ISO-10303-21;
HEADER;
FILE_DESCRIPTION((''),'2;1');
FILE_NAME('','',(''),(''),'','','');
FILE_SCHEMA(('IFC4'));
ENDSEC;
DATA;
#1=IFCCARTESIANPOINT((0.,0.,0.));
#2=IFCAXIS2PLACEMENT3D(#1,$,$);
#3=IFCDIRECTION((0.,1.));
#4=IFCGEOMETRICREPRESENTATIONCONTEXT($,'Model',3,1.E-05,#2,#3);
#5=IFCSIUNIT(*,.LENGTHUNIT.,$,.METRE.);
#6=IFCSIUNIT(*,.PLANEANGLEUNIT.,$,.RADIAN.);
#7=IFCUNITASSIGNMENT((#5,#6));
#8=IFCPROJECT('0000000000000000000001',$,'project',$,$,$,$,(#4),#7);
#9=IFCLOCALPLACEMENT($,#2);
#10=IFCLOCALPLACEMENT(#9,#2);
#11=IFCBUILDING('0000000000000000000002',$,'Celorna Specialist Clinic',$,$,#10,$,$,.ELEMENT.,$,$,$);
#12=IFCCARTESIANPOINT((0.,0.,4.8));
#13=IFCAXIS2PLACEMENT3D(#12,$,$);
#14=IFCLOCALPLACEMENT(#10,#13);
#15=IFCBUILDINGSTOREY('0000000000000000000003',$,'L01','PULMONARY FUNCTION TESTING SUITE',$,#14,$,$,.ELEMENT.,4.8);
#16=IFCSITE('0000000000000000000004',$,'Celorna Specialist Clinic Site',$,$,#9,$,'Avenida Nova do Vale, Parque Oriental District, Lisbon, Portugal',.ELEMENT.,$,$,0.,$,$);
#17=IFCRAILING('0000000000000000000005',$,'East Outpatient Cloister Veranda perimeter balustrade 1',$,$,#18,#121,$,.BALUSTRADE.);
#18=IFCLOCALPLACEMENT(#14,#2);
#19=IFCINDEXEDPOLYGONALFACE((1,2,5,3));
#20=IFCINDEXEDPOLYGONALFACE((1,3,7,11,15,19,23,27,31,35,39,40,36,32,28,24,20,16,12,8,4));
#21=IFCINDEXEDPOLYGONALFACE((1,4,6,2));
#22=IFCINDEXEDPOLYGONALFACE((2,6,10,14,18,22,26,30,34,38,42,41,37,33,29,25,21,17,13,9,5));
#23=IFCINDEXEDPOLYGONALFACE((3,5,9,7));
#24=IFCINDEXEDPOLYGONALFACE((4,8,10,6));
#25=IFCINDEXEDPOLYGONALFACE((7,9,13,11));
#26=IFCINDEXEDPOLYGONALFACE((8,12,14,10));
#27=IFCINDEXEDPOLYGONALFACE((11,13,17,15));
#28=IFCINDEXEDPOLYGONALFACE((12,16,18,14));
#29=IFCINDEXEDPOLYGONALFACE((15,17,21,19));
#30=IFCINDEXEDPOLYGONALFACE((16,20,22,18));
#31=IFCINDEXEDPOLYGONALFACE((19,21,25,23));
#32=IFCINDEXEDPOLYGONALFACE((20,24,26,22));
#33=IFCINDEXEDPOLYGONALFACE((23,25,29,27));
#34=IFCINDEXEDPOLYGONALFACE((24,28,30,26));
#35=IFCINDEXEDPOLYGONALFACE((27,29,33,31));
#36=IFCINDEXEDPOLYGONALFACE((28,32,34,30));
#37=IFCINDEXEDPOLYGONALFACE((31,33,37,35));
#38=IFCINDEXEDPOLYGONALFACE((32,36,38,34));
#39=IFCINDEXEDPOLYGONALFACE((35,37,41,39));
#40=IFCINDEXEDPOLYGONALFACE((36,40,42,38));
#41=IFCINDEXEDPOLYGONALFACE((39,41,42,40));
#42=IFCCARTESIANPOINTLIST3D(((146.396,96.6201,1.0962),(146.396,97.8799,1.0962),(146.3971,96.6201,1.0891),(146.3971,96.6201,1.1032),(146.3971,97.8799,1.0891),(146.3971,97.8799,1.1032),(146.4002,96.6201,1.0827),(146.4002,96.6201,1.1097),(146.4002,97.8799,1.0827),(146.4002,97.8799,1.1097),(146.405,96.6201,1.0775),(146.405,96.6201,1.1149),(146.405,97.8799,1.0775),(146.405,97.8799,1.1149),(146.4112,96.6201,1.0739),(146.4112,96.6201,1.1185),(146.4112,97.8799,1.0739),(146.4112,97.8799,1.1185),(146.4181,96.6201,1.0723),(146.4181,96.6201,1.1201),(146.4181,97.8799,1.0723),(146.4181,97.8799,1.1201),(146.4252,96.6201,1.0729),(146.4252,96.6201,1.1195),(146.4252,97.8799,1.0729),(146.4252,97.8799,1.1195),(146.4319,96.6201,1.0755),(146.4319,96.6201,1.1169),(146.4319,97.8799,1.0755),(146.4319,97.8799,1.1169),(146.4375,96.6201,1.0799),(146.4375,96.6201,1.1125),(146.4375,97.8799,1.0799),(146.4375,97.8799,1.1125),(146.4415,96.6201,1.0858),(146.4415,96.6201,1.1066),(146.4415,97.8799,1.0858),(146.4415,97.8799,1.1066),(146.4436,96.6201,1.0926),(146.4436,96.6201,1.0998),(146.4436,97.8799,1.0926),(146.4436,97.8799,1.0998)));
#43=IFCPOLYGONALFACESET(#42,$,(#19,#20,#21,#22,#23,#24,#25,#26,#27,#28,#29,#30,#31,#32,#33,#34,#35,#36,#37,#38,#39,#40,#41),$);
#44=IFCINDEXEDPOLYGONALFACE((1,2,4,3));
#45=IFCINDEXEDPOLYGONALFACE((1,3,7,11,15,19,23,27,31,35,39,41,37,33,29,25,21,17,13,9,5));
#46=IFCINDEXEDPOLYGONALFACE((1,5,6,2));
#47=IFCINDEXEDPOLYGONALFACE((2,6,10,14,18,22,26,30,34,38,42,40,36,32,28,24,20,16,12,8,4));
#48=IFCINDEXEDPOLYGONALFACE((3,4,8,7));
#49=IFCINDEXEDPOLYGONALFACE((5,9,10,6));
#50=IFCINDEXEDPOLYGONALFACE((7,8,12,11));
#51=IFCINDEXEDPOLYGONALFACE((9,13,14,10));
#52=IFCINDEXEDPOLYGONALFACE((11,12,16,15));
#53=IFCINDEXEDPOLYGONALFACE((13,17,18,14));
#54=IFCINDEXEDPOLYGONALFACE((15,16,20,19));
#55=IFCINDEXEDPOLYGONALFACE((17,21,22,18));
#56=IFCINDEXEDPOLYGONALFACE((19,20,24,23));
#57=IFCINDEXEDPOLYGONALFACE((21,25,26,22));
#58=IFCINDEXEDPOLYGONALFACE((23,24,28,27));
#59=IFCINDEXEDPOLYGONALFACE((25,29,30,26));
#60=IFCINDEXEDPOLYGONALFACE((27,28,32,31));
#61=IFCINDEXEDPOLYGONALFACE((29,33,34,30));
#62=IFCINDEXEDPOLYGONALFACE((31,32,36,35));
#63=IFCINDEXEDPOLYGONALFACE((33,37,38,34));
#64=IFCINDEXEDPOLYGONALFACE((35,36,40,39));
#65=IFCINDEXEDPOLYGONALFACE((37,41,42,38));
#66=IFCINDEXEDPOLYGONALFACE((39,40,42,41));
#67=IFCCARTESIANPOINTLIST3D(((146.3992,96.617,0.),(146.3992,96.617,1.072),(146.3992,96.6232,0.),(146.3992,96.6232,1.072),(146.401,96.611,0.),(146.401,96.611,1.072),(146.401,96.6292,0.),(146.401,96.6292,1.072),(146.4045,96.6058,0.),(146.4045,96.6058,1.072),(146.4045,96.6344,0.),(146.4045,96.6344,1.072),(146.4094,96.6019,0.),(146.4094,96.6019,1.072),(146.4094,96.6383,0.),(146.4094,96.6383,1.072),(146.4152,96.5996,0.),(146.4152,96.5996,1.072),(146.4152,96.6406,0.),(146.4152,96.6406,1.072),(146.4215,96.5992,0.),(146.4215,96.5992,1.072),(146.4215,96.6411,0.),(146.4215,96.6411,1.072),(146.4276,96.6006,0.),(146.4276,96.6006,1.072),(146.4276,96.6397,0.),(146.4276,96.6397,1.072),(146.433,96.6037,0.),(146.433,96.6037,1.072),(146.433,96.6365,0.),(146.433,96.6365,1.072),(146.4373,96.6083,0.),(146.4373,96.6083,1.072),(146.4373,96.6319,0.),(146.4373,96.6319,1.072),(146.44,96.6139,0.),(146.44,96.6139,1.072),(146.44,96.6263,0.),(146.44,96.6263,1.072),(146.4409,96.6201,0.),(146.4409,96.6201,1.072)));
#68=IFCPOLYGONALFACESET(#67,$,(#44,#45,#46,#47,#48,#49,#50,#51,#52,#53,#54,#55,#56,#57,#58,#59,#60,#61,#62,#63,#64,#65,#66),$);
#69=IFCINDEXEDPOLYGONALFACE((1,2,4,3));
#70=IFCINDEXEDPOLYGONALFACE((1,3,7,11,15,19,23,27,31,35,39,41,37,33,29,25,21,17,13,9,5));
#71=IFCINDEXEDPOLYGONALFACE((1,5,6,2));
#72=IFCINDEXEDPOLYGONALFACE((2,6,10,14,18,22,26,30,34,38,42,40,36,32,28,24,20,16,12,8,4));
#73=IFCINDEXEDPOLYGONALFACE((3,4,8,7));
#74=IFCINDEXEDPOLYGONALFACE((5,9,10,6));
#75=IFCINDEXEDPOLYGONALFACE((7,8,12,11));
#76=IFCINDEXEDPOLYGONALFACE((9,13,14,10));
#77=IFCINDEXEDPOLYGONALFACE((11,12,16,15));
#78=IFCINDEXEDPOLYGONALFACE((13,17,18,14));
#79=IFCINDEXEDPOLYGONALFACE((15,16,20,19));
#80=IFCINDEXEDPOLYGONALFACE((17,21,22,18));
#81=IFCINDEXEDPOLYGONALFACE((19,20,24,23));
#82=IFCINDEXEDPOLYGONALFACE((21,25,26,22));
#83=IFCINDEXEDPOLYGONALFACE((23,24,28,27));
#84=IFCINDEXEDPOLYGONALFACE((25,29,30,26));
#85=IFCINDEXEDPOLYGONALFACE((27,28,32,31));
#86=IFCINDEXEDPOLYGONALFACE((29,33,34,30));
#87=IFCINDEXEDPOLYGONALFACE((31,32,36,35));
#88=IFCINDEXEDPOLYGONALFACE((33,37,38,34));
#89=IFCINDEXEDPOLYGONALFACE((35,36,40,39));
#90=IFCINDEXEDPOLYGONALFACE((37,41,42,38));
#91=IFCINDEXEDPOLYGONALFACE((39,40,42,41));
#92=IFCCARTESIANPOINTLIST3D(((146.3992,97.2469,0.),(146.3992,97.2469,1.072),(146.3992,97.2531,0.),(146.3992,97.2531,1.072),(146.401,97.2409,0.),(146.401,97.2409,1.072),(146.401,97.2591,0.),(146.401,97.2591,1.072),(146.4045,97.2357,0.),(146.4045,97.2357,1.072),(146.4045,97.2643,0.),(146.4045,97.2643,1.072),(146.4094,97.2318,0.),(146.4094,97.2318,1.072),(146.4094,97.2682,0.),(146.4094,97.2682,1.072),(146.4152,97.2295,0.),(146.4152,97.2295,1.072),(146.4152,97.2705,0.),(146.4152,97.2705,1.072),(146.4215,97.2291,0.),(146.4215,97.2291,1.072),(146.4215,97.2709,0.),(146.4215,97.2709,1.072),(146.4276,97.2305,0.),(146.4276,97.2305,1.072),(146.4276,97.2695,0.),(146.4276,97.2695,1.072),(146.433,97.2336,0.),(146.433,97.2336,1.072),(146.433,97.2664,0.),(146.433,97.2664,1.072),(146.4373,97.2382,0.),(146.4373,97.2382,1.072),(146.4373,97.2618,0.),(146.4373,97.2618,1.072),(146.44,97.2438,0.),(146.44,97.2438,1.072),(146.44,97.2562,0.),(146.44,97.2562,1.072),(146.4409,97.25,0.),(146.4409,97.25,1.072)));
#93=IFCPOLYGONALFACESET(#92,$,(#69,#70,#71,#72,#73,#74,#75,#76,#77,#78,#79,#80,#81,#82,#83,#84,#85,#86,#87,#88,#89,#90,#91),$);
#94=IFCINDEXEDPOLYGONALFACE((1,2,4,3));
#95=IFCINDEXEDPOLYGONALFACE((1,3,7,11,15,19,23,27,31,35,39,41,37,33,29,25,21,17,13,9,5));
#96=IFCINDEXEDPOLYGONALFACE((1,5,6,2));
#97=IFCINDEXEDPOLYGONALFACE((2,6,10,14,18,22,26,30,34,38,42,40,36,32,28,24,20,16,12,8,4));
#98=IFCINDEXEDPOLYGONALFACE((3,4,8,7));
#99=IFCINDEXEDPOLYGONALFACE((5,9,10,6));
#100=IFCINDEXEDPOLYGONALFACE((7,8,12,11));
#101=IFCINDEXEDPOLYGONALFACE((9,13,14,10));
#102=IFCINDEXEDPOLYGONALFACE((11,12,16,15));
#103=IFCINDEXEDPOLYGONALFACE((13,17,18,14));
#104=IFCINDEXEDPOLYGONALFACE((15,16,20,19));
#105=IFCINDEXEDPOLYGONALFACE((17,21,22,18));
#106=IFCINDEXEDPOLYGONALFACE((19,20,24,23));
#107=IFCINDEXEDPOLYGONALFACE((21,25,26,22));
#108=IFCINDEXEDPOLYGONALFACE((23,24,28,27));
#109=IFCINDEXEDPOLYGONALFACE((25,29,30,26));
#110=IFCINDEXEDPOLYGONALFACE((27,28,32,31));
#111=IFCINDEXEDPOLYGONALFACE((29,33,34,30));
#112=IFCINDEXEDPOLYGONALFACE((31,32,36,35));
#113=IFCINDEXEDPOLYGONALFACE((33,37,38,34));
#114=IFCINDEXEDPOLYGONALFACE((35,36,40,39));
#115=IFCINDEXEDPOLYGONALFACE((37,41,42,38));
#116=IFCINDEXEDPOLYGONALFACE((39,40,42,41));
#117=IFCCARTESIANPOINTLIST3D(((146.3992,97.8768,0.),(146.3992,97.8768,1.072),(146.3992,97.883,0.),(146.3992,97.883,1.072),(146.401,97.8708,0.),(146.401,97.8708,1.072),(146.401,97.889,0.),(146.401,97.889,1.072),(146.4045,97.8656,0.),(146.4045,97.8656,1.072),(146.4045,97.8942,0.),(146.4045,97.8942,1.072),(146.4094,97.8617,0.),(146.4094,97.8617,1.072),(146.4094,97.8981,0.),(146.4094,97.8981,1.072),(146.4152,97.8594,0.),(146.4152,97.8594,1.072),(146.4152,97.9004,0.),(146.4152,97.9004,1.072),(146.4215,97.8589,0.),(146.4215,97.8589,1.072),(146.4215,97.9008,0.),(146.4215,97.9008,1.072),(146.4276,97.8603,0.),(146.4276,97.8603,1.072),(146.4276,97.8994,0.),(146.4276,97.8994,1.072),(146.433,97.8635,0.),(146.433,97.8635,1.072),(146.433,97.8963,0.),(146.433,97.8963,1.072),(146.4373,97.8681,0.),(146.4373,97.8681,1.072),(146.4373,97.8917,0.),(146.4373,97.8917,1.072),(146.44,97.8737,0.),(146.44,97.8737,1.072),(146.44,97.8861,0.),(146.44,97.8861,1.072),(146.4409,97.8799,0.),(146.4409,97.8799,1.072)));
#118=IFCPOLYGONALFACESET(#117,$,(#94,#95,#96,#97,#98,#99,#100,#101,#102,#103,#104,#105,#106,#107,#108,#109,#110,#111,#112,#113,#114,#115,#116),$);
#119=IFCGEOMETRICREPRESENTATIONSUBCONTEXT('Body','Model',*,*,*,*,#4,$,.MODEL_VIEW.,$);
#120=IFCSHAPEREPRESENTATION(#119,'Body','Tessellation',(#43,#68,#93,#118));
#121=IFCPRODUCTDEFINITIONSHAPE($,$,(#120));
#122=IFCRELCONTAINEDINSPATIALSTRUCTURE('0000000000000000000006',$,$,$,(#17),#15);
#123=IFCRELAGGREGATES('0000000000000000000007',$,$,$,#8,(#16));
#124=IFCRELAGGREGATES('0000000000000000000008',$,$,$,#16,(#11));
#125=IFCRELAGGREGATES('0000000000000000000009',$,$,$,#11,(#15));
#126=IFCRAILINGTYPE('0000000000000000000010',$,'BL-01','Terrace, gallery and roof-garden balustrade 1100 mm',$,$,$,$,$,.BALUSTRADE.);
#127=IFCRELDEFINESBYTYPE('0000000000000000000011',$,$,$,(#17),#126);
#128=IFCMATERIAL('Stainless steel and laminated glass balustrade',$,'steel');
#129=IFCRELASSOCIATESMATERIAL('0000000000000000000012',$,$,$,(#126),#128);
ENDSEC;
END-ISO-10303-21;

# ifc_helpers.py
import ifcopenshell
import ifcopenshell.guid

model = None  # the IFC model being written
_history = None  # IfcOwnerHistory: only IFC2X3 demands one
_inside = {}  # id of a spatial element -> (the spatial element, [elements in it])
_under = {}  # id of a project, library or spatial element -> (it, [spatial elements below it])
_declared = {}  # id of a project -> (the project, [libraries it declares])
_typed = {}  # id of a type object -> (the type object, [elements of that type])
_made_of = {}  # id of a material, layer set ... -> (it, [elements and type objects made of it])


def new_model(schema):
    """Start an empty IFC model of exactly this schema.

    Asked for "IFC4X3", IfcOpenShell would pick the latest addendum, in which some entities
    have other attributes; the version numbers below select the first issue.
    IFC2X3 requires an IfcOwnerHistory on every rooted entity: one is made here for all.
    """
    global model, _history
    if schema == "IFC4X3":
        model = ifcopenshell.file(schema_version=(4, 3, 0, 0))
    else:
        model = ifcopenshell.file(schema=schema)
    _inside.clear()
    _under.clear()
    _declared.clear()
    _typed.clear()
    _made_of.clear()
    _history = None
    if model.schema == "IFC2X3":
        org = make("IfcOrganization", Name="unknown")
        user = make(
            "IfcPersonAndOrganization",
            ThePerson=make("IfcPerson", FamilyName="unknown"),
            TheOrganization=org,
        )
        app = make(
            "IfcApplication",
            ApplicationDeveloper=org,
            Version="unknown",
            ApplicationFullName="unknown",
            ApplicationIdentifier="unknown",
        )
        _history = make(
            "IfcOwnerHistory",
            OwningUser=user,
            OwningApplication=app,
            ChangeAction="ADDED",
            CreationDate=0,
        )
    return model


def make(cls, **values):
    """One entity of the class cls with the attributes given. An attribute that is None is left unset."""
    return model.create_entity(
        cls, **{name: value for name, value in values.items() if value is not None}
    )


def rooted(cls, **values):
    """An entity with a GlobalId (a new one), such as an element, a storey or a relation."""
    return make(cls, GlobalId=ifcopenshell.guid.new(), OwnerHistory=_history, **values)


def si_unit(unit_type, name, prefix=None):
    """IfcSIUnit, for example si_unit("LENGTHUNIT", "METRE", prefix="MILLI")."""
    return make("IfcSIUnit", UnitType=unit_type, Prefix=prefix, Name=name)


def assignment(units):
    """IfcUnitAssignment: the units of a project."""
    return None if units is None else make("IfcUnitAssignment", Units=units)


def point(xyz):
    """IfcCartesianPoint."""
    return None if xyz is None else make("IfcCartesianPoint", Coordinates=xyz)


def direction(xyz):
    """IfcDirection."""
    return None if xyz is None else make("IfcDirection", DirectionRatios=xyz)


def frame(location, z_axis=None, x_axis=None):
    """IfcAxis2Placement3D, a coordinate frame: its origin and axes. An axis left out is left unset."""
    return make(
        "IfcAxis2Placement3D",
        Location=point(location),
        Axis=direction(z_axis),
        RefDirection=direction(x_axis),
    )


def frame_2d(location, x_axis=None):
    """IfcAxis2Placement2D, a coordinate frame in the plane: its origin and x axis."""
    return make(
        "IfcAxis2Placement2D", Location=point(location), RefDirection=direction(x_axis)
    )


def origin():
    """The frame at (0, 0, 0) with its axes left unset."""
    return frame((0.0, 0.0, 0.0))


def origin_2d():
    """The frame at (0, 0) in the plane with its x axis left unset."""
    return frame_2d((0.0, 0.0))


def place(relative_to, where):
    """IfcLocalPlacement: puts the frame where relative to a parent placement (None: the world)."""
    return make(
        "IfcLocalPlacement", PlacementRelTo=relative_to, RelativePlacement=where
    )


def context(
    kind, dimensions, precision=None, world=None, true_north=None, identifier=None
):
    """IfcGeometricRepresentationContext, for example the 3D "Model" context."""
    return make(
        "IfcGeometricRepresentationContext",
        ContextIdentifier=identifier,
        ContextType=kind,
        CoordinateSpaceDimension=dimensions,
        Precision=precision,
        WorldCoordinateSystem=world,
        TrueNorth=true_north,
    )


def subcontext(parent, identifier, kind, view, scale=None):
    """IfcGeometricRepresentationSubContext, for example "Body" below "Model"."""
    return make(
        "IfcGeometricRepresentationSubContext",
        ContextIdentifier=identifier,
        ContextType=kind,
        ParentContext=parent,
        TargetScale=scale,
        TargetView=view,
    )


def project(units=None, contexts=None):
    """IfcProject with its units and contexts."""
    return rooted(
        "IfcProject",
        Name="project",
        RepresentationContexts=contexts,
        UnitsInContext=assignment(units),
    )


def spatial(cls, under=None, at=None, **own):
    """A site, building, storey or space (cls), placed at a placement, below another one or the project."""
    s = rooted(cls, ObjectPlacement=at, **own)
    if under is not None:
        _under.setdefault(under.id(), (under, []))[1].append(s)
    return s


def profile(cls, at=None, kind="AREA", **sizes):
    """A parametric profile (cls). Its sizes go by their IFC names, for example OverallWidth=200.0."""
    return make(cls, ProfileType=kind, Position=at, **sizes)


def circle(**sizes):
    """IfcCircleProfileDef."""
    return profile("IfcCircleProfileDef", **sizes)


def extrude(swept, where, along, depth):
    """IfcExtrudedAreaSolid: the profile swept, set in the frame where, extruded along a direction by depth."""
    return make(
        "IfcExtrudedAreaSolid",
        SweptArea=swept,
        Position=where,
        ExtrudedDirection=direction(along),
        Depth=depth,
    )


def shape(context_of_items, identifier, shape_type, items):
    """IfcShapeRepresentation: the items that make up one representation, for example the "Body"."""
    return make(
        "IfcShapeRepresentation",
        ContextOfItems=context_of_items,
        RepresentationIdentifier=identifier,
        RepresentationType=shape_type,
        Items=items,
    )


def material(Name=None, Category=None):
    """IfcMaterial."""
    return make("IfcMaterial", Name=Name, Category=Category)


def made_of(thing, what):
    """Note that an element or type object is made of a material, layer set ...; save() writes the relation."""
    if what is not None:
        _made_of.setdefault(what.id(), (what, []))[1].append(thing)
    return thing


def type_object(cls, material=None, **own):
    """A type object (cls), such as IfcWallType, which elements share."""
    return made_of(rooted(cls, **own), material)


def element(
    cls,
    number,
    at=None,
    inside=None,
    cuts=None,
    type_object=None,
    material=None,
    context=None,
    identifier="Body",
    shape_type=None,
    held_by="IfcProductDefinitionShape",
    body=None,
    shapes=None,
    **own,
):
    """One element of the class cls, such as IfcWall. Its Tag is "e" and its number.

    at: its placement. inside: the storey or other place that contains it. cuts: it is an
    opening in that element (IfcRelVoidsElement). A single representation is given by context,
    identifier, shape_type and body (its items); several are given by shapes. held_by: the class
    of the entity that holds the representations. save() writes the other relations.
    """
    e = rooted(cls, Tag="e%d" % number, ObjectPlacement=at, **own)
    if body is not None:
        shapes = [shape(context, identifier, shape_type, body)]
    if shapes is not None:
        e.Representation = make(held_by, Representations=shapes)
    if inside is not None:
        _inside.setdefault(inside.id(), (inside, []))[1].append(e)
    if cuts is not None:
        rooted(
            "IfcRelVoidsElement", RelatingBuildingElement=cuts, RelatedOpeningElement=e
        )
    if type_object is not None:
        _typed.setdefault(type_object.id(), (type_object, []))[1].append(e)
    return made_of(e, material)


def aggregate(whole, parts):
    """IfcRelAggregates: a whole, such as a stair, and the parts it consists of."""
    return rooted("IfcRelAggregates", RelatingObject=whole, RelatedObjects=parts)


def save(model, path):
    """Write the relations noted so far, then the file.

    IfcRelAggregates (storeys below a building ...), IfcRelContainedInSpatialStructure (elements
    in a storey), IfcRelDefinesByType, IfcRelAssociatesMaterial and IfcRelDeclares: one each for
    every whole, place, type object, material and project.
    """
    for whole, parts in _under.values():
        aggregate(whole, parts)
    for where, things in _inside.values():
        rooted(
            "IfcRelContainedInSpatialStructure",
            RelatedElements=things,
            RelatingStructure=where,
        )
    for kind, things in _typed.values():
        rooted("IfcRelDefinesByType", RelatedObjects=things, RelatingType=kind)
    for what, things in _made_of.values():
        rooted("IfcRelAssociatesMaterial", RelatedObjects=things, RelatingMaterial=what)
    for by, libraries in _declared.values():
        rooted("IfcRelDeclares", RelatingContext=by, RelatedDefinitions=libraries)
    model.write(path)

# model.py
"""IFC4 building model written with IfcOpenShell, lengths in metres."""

from ifc_helpers import new_model, si_unit, direction, frame, origin, origin_2d, place, context, subcontext, project, spatial, circle, extrude, material, type_object, element, save


model = new_model("IFC4")

# Units and contexts
model_context = context("Model", 3, precision=1e-05, world=origin(), true_north=direction((0.0, 1.0)))
body_context = subcontext(model_context, "Body", "Model", "MODEL_VIEW")
ifc_project = project(units=[si_unit("LENGTHUNIT", "METRE"), si_unit("PLANEANGLEUNIT", "RADIAN")], contexts=[model_context])

# Site, building, storey
site_placement = place(None, origin())
site = spatial("IfcSite", under=ifc_project, at=site_placement, Name="Celorna Specialist Clinic Site", LongName="Avenida Nova do Vale, Parque Oriental District, Lisbon, Portugal", CompositionType="ELEMENT", RefElevation=0.0)
building_placement = place(site_placement, origin())
building = spatial("IfcBuilding", under=site, at=building_placement, Name="Celorna Specialist Clinic", CompositionType="ELEMENT")
storey_placement = place(building_placement, frame((0.0, 0.0, 4.8)))
storey = spatial("IfcBuildingStorey", under=building, at=storey_placement, Name="L01", Description="PULMONARY FUNCTION TESTING SUITE", CompositionType="ELEMENT", Elevation=4.8)

# Railing
ifc_material_1 = material(Name="Stainless steel and laminated glass balustrade", Category="steel")
railing_type = type_object("IfcRailingType", Name="BL-01", Description="Terrace, gallery and roof-garden balustrade 1100 mm", PredefinedType="BALUSTRADE", material=ifc_material_1)
railing_placement = place(storey_placement, frame((146.4199, 96.6201, 0.0)))
element("IfcRailing", 1, at=railing_placement, inside=storey, type_object=railing_type, Name="East Outpatient Cloister Veranda perimeter balustrade 1", PredefinedType="BALUSTRADE", context=body_context, shape_type="SweptSolid", body=[
    extrude(circle(Radius=0.0239, at=origin_2d()), frame((0.0, 0.0, 1.0962), z_axis=(0.0, 1.0, 0.0), x_axis=(-1.0, 0.0, 0.0)), (0.0, 0.0, 1.0), 1.2598),
    extrude(circle(Radius=0.021, at=origin_2d()), origin(), (0.0, 0.0, 1.0), 1.072),
    extrude(circle(Radius=0.021, at=origin_2d()), frame((0.0, 0.6299, 0.0)), (0.0, 0.0, 1.0), 1.072),
    extrude(circle(Radius=0.021, at=origin_2d()), frame((0.0, 1.2598, 0.0)), (0.0, 0.0, 1.0), 1.072),
])

save(model, "model.ifc")
